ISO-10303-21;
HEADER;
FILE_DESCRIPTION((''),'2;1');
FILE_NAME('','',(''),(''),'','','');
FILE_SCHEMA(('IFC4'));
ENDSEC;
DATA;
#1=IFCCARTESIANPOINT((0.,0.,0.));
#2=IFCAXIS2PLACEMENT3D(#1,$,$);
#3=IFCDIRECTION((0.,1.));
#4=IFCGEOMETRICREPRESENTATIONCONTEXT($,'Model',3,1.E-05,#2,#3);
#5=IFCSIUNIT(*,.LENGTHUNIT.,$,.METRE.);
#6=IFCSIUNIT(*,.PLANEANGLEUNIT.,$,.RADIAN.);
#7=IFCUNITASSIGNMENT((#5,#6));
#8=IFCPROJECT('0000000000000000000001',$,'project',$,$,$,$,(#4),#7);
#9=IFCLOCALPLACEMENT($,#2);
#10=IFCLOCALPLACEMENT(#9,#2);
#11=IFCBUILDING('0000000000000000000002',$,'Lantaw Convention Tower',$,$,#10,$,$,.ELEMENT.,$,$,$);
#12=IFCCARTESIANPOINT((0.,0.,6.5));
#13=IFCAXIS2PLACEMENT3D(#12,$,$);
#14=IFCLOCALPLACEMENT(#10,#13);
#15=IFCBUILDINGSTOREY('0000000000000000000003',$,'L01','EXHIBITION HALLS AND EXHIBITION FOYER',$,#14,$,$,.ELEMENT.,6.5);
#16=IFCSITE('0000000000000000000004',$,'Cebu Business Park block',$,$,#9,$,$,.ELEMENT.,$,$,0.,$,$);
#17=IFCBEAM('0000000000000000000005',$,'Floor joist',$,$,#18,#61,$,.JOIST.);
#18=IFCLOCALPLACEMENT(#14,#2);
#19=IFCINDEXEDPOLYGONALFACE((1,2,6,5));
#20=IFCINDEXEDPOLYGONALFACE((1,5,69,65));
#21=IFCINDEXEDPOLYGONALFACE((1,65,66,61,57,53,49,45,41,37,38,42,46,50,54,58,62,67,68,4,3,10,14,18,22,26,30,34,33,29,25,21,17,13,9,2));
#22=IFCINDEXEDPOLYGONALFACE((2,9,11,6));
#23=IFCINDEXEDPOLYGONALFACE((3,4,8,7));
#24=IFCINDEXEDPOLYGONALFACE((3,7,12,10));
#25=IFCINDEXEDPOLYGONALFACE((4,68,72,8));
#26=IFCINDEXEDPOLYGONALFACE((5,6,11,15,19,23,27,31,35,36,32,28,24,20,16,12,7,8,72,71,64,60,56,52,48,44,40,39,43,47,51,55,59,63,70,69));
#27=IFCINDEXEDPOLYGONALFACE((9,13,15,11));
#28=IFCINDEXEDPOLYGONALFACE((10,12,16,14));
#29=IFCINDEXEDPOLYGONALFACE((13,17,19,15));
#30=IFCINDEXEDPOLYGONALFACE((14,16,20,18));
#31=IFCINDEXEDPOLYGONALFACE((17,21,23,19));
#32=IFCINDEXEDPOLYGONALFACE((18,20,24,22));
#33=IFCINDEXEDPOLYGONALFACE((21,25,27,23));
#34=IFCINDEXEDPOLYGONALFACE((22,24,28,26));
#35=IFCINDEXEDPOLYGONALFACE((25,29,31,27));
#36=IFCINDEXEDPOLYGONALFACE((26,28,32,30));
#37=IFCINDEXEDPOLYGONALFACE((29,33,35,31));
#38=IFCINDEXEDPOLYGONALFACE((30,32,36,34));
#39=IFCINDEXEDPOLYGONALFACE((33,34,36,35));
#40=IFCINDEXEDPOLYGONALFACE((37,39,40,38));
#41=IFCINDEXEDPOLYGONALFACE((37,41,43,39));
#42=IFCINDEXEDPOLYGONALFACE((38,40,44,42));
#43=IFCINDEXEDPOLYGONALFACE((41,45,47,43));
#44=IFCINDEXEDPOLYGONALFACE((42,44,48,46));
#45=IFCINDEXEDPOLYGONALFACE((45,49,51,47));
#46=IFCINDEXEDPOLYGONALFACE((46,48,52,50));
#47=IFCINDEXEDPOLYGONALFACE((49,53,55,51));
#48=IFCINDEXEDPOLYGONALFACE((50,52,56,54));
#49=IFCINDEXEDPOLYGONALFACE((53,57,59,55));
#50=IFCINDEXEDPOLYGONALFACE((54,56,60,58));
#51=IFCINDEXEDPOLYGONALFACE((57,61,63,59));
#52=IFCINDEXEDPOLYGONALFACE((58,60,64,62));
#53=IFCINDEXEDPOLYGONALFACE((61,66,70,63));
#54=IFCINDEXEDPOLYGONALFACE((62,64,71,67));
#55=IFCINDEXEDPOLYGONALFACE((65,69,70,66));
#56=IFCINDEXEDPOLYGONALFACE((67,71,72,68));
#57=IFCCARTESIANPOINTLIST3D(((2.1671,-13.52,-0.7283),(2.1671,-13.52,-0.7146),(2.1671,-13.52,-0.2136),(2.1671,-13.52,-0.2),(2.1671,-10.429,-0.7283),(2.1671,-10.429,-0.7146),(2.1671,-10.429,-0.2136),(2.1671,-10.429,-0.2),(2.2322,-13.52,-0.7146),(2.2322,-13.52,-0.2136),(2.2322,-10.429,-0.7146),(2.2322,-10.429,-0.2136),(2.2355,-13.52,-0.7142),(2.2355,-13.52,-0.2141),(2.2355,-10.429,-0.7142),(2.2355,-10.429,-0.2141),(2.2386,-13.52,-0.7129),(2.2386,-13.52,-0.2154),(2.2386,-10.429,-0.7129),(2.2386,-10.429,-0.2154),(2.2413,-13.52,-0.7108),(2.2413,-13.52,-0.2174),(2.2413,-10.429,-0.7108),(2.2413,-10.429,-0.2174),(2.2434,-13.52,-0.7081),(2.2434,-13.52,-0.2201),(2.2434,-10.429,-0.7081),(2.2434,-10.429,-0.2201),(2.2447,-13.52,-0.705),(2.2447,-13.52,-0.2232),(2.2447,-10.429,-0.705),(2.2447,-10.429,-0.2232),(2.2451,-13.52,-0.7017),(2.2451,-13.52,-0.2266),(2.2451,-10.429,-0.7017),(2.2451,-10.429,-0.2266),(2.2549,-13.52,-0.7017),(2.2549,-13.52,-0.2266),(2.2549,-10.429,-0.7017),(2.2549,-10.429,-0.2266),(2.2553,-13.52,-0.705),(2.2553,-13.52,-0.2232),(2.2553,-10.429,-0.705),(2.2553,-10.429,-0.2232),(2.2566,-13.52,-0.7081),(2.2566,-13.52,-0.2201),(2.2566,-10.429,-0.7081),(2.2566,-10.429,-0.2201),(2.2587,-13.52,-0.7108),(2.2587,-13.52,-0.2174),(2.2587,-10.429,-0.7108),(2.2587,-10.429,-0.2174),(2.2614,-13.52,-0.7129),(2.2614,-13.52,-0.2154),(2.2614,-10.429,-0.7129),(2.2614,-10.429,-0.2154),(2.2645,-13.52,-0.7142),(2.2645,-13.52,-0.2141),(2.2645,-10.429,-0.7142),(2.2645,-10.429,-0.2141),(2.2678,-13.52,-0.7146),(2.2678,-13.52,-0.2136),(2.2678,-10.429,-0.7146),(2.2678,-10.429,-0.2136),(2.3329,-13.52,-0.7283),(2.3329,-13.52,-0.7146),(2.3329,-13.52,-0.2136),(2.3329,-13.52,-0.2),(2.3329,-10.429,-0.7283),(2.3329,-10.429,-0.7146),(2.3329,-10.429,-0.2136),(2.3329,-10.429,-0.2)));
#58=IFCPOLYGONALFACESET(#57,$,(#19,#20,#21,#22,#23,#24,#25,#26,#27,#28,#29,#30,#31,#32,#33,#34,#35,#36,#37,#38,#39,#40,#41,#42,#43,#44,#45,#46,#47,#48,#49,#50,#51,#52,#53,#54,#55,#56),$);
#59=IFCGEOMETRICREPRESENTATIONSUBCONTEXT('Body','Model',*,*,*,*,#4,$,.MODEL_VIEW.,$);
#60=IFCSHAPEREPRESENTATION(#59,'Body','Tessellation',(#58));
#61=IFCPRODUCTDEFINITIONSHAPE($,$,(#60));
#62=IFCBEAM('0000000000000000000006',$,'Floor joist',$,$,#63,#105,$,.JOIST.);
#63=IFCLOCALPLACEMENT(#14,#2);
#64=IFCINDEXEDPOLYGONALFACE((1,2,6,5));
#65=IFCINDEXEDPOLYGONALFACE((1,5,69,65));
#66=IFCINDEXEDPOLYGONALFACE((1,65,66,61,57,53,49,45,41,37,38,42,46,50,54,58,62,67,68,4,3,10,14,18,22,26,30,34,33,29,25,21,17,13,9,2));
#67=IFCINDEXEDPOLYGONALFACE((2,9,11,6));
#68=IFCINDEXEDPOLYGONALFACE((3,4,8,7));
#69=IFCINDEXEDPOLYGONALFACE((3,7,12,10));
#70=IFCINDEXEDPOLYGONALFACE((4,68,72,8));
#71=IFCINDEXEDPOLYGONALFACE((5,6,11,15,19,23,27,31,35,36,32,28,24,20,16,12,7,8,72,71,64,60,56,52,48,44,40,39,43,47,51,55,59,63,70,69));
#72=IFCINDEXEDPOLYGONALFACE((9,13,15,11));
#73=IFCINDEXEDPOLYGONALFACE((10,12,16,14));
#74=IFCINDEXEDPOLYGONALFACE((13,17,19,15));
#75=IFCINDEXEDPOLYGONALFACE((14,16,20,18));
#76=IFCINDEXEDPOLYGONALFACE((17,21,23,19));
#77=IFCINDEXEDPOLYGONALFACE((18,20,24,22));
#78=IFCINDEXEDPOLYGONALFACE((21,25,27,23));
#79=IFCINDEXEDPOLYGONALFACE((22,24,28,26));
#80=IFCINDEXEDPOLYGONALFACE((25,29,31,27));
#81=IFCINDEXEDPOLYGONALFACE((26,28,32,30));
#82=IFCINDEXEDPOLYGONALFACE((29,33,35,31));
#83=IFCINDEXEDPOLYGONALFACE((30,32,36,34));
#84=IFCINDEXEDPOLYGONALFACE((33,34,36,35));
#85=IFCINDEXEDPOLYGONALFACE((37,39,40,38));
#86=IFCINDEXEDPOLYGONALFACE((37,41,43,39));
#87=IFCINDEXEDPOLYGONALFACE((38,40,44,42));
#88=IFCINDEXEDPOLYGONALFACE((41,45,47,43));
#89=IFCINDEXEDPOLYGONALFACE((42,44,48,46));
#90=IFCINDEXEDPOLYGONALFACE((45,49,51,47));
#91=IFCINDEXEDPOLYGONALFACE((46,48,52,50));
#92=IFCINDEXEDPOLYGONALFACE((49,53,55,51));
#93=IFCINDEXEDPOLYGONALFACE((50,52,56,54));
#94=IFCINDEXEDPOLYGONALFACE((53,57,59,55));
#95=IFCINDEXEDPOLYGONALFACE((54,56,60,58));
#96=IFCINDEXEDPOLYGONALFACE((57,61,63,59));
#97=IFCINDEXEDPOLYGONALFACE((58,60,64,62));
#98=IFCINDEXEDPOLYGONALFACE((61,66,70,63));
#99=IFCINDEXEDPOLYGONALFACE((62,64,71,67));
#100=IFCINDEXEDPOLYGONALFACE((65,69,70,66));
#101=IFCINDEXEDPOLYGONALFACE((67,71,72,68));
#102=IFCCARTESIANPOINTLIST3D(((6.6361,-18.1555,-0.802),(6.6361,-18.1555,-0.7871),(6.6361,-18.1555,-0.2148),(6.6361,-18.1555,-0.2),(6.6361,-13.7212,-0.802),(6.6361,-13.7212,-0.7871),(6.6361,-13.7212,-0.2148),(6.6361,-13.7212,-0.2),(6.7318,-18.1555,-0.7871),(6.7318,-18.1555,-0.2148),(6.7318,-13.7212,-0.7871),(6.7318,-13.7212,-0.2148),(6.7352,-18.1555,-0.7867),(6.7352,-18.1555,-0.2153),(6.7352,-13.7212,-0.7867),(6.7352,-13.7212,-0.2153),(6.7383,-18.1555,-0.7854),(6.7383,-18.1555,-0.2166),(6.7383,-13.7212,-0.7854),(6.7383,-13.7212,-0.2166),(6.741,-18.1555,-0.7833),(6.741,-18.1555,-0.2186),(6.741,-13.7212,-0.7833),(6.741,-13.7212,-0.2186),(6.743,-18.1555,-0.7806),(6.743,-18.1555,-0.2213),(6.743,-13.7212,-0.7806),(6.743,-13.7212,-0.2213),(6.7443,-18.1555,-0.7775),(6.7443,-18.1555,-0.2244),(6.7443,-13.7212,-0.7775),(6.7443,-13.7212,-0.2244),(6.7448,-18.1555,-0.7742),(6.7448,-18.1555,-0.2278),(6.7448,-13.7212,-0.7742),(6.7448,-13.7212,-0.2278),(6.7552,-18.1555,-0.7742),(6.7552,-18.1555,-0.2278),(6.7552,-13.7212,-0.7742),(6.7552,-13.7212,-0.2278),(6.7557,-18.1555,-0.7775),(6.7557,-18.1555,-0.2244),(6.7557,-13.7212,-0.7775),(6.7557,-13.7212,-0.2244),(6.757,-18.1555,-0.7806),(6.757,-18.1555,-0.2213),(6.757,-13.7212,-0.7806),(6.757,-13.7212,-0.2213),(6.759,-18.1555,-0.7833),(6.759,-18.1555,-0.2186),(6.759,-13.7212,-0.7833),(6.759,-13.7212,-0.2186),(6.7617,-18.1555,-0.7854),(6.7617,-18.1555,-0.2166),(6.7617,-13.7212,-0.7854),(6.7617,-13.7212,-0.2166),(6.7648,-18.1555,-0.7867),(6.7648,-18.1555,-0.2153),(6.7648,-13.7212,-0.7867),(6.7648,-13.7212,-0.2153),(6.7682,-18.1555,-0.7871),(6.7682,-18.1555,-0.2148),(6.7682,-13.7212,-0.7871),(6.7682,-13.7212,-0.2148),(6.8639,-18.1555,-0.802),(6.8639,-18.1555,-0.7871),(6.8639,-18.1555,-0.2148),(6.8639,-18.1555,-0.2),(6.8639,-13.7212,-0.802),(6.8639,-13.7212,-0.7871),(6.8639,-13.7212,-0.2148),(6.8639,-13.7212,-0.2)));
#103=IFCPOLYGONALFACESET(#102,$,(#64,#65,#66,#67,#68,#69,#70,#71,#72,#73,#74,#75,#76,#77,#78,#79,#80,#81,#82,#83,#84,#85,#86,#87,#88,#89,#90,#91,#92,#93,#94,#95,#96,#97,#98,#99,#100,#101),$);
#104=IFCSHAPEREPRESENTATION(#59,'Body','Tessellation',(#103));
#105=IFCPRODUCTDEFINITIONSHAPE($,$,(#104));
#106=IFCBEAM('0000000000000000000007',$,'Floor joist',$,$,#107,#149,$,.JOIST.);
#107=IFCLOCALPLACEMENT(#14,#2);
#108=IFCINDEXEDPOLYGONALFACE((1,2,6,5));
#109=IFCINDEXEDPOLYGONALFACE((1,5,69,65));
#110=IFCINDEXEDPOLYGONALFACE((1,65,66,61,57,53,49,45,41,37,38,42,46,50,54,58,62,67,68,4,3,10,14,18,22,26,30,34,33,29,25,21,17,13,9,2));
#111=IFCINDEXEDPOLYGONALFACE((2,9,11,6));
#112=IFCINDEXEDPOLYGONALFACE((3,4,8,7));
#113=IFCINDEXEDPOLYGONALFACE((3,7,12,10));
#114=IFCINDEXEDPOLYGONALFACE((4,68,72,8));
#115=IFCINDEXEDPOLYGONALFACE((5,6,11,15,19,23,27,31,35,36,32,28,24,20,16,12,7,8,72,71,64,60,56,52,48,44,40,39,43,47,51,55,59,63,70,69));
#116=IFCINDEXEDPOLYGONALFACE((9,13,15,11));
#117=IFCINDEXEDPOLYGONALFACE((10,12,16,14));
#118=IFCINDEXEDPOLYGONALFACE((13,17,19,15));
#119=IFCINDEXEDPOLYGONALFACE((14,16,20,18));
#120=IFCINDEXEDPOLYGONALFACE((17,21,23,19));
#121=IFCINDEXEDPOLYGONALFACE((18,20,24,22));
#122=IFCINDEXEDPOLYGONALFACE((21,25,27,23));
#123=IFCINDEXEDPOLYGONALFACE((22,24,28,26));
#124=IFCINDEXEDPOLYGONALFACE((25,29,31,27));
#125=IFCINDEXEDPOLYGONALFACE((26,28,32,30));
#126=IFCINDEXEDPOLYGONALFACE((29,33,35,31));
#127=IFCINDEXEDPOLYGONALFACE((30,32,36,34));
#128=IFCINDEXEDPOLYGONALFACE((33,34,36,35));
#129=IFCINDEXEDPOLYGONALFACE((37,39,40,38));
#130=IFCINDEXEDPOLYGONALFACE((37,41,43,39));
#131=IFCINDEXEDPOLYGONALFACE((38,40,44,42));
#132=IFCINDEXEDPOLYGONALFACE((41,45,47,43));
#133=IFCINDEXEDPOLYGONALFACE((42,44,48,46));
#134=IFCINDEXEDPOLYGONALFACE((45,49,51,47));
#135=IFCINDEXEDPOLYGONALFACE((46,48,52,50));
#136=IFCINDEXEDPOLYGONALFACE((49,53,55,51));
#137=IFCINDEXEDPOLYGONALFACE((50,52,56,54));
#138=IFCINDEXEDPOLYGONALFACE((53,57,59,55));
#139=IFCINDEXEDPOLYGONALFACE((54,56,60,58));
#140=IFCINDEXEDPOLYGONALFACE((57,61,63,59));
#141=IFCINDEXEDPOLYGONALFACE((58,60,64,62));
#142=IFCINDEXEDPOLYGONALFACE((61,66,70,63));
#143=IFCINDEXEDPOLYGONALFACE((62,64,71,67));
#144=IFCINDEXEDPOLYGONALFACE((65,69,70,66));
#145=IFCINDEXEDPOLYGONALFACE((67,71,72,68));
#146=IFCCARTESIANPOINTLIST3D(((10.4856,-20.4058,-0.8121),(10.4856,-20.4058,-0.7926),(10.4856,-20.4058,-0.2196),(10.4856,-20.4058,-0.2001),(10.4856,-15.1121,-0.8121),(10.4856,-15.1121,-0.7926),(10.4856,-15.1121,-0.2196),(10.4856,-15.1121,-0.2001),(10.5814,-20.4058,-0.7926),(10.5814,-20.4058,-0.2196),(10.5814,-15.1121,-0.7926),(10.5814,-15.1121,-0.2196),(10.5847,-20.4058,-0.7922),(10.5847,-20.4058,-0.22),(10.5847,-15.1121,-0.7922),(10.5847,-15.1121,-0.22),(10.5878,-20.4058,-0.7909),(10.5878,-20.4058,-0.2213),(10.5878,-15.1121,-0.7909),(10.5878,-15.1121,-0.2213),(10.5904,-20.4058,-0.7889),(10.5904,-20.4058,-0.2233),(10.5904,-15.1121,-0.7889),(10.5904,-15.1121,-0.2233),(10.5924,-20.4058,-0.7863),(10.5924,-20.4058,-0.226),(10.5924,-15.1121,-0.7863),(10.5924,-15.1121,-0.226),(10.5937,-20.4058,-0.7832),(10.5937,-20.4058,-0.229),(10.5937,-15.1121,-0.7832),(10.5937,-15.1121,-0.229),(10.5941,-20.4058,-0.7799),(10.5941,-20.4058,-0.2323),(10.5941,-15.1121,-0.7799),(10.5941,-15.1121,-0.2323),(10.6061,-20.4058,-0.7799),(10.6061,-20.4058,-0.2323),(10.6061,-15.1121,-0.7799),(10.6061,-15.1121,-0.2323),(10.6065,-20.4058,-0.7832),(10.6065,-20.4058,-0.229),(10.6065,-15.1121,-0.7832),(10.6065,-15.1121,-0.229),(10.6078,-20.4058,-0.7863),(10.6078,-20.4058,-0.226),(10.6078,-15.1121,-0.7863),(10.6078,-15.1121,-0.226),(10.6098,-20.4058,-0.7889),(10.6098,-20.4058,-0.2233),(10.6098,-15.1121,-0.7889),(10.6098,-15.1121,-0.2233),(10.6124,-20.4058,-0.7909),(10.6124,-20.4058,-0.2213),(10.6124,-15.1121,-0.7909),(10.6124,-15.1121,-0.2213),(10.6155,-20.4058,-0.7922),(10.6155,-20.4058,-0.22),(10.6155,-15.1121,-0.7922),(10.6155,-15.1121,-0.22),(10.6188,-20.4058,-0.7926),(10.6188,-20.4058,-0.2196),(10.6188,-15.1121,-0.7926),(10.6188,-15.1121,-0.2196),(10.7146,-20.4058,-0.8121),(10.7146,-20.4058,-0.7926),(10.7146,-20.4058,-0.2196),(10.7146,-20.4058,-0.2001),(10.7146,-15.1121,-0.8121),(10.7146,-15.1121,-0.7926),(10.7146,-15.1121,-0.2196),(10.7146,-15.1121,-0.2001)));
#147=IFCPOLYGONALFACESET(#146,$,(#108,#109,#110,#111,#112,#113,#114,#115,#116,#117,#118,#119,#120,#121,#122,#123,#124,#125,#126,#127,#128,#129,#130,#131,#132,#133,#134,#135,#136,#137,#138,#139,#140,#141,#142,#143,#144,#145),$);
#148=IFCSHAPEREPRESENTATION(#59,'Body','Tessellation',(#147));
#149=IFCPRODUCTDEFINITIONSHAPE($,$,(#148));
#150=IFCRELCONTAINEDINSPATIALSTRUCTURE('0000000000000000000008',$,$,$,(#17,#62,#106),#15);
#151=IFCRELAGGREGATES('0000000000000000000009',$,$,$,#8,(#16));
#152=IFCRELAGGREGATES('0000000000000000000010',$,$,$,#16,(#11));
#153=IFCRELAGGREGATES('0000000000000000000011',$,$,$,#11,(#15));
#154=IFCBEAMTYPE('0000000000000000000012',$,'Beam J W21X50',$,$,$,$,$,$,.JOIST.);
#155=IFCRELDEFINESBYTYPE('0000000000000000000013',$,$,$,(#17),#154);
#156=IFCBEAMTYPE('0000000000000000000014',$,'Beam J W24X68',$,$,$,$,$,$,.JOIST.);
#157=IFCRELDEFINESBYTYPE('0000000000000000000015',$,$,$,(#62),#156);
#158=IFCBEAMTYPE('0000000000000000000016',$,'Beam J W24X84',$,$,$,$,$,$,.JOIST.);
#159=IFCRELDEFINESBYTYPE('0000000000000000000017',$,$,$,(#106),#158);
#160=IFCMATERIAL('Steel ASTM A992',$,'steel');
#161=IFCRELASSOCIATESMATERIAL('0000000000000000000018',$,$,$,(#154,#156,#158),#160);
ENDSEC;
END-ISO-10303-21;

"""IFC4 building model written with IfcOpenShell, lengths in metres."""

from ifc_helpers import new_model, si_unit, direction, frame, origin, origin_2d, place, context, subcontext, project, spatial, i_section, extrude, material, material_profile, profile_set, type_object, element, save


model = new_model("IFC4")

# Units and contexts
model_context = context("Model", 3, precision=1e-05, world=origin(), true_north=direction((0.0, 1.0)))
body_context = subcontext(model_context, "Body", "Model", "MODEL_VIEW")
ifc_project = project(units=[si_unit("LENGTHUNIT", "METRE"), si_unit("PLANEANGLEUNIT", "RADIAN")], contexts=[model_context])

# Site, building, storey
site_placement = place(None, origin())
site = spatial("IfcSite", under=ifc_project, at=site_placement, Name="Cebu Business Park block", CompositionType="ELEMENT", RefElevation=0.0)
building_placement = place(site_placement, origin())
building = spatial("IfcBuilding", under=site, at=building_placement, Name="Lantaw Convention Tower", CompositionType="ELEMENT")
storey_placement = place(building_placement, frame((0.0, 0.0, 6.5)))
storey = spatial("IfcBuildingStorey", under=building, at=storey_placement, Name="L01", Description="EXHIBITION HALLS AND EXHIBITION FOYER", CompositionType="ELEMENT", Elevation=6.5)

# Beams
ifc_material_1 = material(Name="Steel ASTM A992", Category="steel")
ifc_material_profile_1 = material_profile(ifc_material_1, i_section(OverallWidth=0.1658, OverallDepth=0.5283, WebThickness=0.0098, FlangeThickness=0.0137, FilletRadius=0.0129, at=origin_2d()), Name="W21X50")
ifc_profile_set_1 = profile_set([ifc_material_profile_1], Name="Steel ASTM A992")
beam_type_1 = type_object("IfcBeamType", Name="Beam J W21X50", PredefinedType="JOIST", material=ifc_profile_set_1)
beam_1_placement = place(storey_placement, frame((2.25, -13.52, -0.4641), z_axis=(0.0, 1.0, 0.0), x_axis=(-1.0, 0.0, 0.0)))
element("IfcBeam", 1, at=beam_1_placement, inside=storey, type_object=beam_type_1, Name="Floor joist", PredefinedType="JOIST", context=body_context, shape_type="SweptSolid", body=[
    extrude(i_section(OverallWidth=0.1658, OverallDepth=0.5283, WebThickness=0.0098, FlangeThickness=0.0137, FilletRadius=0.0129, at=origin_2d()), origin(), (0.0, 0.0, 1.0), 3.0911),
])
ifc_material_profile_2 = material_profile(ifc_material_1, i_section(OverallWidth=0.2278, OverallDepth=0.6021, WebThickness=0.0105, FlangeThickness=0.0149, FilletRadius=0.0129, at=origin_2d()), Name="W24X68")
ifc_profile_set_2 = profile_set([ifc_material_profile_2], Name="Steel ASTM A992")
beam_type_2 = type_object("IfcBeamType", Name="Beam J W24X68", PredefinedType="JOIST", material=ifc_profile_set_2)
beam_2_placement = place(storey_placement, frame((6.75, -18.1555, -0.501), z_axis=(0.0, 1.0, 0.0), x_axis=(-1.0, 0.0, 0.0)))
element("IfcBeam", 2, at=beam_2_placement, inside=storey, type_object=beam_type_2, Name="Floor joist", PredefinedType="JOIST", context=body_context, shape_type="SweptSolid", body=[
    extrude(i_section(OverallWidth=0.2278, OverallDepth=0.6021, WebThickness=0.0105, FlangeThickness=0.0149, FilletRadius=0.0129, at=origin_2d()), origin(), (0.0, 0.0, 1.0), 4.4343),
])
ifc_material_profile_3 = material_profile(ifc_material_1, i_section(OverallWidth=0.229, OverallDepth=0.6121, WebThickness=0.012, FlangeThickness=0.0195, FilletRadius=0.0127, at=origin_2d()), Name="W24X84")
ifc_profile_set_3 = profile_set([ifc_material_profile_3], Name="Steel ASTM A992")
beam_type_3 = type_object("IfcBeamType", Name="Beam J W24X84", PredefinedType="JOIST", material=ifc_profile_set_3)
beam_3_placement = place(storey_placement, frame((10.6001, -20.4058, -0.5061), z_axis=(0.0, 1.0, 0.0), x_axis=(-1.0, 0.0, 0.0)))
element("IfcBeam", 3, at=beam_3_placement, inside=storey, type_object=beam_type_3, Name="Floor joist", PredefinedType="JOIST", context=body_context, shape_type="SweptSolid", body=[
    extrude(i_section(OverallWidth=0.229, OverallDepth=0.6121, WebThickness=0.012, FlangeThickness=0.0195, FilletRadius=0.0127, at=origin_2d()), origin(), (0.0, 0.0, 1.0), 5.2937),
])

save(model, "model.ifc")
